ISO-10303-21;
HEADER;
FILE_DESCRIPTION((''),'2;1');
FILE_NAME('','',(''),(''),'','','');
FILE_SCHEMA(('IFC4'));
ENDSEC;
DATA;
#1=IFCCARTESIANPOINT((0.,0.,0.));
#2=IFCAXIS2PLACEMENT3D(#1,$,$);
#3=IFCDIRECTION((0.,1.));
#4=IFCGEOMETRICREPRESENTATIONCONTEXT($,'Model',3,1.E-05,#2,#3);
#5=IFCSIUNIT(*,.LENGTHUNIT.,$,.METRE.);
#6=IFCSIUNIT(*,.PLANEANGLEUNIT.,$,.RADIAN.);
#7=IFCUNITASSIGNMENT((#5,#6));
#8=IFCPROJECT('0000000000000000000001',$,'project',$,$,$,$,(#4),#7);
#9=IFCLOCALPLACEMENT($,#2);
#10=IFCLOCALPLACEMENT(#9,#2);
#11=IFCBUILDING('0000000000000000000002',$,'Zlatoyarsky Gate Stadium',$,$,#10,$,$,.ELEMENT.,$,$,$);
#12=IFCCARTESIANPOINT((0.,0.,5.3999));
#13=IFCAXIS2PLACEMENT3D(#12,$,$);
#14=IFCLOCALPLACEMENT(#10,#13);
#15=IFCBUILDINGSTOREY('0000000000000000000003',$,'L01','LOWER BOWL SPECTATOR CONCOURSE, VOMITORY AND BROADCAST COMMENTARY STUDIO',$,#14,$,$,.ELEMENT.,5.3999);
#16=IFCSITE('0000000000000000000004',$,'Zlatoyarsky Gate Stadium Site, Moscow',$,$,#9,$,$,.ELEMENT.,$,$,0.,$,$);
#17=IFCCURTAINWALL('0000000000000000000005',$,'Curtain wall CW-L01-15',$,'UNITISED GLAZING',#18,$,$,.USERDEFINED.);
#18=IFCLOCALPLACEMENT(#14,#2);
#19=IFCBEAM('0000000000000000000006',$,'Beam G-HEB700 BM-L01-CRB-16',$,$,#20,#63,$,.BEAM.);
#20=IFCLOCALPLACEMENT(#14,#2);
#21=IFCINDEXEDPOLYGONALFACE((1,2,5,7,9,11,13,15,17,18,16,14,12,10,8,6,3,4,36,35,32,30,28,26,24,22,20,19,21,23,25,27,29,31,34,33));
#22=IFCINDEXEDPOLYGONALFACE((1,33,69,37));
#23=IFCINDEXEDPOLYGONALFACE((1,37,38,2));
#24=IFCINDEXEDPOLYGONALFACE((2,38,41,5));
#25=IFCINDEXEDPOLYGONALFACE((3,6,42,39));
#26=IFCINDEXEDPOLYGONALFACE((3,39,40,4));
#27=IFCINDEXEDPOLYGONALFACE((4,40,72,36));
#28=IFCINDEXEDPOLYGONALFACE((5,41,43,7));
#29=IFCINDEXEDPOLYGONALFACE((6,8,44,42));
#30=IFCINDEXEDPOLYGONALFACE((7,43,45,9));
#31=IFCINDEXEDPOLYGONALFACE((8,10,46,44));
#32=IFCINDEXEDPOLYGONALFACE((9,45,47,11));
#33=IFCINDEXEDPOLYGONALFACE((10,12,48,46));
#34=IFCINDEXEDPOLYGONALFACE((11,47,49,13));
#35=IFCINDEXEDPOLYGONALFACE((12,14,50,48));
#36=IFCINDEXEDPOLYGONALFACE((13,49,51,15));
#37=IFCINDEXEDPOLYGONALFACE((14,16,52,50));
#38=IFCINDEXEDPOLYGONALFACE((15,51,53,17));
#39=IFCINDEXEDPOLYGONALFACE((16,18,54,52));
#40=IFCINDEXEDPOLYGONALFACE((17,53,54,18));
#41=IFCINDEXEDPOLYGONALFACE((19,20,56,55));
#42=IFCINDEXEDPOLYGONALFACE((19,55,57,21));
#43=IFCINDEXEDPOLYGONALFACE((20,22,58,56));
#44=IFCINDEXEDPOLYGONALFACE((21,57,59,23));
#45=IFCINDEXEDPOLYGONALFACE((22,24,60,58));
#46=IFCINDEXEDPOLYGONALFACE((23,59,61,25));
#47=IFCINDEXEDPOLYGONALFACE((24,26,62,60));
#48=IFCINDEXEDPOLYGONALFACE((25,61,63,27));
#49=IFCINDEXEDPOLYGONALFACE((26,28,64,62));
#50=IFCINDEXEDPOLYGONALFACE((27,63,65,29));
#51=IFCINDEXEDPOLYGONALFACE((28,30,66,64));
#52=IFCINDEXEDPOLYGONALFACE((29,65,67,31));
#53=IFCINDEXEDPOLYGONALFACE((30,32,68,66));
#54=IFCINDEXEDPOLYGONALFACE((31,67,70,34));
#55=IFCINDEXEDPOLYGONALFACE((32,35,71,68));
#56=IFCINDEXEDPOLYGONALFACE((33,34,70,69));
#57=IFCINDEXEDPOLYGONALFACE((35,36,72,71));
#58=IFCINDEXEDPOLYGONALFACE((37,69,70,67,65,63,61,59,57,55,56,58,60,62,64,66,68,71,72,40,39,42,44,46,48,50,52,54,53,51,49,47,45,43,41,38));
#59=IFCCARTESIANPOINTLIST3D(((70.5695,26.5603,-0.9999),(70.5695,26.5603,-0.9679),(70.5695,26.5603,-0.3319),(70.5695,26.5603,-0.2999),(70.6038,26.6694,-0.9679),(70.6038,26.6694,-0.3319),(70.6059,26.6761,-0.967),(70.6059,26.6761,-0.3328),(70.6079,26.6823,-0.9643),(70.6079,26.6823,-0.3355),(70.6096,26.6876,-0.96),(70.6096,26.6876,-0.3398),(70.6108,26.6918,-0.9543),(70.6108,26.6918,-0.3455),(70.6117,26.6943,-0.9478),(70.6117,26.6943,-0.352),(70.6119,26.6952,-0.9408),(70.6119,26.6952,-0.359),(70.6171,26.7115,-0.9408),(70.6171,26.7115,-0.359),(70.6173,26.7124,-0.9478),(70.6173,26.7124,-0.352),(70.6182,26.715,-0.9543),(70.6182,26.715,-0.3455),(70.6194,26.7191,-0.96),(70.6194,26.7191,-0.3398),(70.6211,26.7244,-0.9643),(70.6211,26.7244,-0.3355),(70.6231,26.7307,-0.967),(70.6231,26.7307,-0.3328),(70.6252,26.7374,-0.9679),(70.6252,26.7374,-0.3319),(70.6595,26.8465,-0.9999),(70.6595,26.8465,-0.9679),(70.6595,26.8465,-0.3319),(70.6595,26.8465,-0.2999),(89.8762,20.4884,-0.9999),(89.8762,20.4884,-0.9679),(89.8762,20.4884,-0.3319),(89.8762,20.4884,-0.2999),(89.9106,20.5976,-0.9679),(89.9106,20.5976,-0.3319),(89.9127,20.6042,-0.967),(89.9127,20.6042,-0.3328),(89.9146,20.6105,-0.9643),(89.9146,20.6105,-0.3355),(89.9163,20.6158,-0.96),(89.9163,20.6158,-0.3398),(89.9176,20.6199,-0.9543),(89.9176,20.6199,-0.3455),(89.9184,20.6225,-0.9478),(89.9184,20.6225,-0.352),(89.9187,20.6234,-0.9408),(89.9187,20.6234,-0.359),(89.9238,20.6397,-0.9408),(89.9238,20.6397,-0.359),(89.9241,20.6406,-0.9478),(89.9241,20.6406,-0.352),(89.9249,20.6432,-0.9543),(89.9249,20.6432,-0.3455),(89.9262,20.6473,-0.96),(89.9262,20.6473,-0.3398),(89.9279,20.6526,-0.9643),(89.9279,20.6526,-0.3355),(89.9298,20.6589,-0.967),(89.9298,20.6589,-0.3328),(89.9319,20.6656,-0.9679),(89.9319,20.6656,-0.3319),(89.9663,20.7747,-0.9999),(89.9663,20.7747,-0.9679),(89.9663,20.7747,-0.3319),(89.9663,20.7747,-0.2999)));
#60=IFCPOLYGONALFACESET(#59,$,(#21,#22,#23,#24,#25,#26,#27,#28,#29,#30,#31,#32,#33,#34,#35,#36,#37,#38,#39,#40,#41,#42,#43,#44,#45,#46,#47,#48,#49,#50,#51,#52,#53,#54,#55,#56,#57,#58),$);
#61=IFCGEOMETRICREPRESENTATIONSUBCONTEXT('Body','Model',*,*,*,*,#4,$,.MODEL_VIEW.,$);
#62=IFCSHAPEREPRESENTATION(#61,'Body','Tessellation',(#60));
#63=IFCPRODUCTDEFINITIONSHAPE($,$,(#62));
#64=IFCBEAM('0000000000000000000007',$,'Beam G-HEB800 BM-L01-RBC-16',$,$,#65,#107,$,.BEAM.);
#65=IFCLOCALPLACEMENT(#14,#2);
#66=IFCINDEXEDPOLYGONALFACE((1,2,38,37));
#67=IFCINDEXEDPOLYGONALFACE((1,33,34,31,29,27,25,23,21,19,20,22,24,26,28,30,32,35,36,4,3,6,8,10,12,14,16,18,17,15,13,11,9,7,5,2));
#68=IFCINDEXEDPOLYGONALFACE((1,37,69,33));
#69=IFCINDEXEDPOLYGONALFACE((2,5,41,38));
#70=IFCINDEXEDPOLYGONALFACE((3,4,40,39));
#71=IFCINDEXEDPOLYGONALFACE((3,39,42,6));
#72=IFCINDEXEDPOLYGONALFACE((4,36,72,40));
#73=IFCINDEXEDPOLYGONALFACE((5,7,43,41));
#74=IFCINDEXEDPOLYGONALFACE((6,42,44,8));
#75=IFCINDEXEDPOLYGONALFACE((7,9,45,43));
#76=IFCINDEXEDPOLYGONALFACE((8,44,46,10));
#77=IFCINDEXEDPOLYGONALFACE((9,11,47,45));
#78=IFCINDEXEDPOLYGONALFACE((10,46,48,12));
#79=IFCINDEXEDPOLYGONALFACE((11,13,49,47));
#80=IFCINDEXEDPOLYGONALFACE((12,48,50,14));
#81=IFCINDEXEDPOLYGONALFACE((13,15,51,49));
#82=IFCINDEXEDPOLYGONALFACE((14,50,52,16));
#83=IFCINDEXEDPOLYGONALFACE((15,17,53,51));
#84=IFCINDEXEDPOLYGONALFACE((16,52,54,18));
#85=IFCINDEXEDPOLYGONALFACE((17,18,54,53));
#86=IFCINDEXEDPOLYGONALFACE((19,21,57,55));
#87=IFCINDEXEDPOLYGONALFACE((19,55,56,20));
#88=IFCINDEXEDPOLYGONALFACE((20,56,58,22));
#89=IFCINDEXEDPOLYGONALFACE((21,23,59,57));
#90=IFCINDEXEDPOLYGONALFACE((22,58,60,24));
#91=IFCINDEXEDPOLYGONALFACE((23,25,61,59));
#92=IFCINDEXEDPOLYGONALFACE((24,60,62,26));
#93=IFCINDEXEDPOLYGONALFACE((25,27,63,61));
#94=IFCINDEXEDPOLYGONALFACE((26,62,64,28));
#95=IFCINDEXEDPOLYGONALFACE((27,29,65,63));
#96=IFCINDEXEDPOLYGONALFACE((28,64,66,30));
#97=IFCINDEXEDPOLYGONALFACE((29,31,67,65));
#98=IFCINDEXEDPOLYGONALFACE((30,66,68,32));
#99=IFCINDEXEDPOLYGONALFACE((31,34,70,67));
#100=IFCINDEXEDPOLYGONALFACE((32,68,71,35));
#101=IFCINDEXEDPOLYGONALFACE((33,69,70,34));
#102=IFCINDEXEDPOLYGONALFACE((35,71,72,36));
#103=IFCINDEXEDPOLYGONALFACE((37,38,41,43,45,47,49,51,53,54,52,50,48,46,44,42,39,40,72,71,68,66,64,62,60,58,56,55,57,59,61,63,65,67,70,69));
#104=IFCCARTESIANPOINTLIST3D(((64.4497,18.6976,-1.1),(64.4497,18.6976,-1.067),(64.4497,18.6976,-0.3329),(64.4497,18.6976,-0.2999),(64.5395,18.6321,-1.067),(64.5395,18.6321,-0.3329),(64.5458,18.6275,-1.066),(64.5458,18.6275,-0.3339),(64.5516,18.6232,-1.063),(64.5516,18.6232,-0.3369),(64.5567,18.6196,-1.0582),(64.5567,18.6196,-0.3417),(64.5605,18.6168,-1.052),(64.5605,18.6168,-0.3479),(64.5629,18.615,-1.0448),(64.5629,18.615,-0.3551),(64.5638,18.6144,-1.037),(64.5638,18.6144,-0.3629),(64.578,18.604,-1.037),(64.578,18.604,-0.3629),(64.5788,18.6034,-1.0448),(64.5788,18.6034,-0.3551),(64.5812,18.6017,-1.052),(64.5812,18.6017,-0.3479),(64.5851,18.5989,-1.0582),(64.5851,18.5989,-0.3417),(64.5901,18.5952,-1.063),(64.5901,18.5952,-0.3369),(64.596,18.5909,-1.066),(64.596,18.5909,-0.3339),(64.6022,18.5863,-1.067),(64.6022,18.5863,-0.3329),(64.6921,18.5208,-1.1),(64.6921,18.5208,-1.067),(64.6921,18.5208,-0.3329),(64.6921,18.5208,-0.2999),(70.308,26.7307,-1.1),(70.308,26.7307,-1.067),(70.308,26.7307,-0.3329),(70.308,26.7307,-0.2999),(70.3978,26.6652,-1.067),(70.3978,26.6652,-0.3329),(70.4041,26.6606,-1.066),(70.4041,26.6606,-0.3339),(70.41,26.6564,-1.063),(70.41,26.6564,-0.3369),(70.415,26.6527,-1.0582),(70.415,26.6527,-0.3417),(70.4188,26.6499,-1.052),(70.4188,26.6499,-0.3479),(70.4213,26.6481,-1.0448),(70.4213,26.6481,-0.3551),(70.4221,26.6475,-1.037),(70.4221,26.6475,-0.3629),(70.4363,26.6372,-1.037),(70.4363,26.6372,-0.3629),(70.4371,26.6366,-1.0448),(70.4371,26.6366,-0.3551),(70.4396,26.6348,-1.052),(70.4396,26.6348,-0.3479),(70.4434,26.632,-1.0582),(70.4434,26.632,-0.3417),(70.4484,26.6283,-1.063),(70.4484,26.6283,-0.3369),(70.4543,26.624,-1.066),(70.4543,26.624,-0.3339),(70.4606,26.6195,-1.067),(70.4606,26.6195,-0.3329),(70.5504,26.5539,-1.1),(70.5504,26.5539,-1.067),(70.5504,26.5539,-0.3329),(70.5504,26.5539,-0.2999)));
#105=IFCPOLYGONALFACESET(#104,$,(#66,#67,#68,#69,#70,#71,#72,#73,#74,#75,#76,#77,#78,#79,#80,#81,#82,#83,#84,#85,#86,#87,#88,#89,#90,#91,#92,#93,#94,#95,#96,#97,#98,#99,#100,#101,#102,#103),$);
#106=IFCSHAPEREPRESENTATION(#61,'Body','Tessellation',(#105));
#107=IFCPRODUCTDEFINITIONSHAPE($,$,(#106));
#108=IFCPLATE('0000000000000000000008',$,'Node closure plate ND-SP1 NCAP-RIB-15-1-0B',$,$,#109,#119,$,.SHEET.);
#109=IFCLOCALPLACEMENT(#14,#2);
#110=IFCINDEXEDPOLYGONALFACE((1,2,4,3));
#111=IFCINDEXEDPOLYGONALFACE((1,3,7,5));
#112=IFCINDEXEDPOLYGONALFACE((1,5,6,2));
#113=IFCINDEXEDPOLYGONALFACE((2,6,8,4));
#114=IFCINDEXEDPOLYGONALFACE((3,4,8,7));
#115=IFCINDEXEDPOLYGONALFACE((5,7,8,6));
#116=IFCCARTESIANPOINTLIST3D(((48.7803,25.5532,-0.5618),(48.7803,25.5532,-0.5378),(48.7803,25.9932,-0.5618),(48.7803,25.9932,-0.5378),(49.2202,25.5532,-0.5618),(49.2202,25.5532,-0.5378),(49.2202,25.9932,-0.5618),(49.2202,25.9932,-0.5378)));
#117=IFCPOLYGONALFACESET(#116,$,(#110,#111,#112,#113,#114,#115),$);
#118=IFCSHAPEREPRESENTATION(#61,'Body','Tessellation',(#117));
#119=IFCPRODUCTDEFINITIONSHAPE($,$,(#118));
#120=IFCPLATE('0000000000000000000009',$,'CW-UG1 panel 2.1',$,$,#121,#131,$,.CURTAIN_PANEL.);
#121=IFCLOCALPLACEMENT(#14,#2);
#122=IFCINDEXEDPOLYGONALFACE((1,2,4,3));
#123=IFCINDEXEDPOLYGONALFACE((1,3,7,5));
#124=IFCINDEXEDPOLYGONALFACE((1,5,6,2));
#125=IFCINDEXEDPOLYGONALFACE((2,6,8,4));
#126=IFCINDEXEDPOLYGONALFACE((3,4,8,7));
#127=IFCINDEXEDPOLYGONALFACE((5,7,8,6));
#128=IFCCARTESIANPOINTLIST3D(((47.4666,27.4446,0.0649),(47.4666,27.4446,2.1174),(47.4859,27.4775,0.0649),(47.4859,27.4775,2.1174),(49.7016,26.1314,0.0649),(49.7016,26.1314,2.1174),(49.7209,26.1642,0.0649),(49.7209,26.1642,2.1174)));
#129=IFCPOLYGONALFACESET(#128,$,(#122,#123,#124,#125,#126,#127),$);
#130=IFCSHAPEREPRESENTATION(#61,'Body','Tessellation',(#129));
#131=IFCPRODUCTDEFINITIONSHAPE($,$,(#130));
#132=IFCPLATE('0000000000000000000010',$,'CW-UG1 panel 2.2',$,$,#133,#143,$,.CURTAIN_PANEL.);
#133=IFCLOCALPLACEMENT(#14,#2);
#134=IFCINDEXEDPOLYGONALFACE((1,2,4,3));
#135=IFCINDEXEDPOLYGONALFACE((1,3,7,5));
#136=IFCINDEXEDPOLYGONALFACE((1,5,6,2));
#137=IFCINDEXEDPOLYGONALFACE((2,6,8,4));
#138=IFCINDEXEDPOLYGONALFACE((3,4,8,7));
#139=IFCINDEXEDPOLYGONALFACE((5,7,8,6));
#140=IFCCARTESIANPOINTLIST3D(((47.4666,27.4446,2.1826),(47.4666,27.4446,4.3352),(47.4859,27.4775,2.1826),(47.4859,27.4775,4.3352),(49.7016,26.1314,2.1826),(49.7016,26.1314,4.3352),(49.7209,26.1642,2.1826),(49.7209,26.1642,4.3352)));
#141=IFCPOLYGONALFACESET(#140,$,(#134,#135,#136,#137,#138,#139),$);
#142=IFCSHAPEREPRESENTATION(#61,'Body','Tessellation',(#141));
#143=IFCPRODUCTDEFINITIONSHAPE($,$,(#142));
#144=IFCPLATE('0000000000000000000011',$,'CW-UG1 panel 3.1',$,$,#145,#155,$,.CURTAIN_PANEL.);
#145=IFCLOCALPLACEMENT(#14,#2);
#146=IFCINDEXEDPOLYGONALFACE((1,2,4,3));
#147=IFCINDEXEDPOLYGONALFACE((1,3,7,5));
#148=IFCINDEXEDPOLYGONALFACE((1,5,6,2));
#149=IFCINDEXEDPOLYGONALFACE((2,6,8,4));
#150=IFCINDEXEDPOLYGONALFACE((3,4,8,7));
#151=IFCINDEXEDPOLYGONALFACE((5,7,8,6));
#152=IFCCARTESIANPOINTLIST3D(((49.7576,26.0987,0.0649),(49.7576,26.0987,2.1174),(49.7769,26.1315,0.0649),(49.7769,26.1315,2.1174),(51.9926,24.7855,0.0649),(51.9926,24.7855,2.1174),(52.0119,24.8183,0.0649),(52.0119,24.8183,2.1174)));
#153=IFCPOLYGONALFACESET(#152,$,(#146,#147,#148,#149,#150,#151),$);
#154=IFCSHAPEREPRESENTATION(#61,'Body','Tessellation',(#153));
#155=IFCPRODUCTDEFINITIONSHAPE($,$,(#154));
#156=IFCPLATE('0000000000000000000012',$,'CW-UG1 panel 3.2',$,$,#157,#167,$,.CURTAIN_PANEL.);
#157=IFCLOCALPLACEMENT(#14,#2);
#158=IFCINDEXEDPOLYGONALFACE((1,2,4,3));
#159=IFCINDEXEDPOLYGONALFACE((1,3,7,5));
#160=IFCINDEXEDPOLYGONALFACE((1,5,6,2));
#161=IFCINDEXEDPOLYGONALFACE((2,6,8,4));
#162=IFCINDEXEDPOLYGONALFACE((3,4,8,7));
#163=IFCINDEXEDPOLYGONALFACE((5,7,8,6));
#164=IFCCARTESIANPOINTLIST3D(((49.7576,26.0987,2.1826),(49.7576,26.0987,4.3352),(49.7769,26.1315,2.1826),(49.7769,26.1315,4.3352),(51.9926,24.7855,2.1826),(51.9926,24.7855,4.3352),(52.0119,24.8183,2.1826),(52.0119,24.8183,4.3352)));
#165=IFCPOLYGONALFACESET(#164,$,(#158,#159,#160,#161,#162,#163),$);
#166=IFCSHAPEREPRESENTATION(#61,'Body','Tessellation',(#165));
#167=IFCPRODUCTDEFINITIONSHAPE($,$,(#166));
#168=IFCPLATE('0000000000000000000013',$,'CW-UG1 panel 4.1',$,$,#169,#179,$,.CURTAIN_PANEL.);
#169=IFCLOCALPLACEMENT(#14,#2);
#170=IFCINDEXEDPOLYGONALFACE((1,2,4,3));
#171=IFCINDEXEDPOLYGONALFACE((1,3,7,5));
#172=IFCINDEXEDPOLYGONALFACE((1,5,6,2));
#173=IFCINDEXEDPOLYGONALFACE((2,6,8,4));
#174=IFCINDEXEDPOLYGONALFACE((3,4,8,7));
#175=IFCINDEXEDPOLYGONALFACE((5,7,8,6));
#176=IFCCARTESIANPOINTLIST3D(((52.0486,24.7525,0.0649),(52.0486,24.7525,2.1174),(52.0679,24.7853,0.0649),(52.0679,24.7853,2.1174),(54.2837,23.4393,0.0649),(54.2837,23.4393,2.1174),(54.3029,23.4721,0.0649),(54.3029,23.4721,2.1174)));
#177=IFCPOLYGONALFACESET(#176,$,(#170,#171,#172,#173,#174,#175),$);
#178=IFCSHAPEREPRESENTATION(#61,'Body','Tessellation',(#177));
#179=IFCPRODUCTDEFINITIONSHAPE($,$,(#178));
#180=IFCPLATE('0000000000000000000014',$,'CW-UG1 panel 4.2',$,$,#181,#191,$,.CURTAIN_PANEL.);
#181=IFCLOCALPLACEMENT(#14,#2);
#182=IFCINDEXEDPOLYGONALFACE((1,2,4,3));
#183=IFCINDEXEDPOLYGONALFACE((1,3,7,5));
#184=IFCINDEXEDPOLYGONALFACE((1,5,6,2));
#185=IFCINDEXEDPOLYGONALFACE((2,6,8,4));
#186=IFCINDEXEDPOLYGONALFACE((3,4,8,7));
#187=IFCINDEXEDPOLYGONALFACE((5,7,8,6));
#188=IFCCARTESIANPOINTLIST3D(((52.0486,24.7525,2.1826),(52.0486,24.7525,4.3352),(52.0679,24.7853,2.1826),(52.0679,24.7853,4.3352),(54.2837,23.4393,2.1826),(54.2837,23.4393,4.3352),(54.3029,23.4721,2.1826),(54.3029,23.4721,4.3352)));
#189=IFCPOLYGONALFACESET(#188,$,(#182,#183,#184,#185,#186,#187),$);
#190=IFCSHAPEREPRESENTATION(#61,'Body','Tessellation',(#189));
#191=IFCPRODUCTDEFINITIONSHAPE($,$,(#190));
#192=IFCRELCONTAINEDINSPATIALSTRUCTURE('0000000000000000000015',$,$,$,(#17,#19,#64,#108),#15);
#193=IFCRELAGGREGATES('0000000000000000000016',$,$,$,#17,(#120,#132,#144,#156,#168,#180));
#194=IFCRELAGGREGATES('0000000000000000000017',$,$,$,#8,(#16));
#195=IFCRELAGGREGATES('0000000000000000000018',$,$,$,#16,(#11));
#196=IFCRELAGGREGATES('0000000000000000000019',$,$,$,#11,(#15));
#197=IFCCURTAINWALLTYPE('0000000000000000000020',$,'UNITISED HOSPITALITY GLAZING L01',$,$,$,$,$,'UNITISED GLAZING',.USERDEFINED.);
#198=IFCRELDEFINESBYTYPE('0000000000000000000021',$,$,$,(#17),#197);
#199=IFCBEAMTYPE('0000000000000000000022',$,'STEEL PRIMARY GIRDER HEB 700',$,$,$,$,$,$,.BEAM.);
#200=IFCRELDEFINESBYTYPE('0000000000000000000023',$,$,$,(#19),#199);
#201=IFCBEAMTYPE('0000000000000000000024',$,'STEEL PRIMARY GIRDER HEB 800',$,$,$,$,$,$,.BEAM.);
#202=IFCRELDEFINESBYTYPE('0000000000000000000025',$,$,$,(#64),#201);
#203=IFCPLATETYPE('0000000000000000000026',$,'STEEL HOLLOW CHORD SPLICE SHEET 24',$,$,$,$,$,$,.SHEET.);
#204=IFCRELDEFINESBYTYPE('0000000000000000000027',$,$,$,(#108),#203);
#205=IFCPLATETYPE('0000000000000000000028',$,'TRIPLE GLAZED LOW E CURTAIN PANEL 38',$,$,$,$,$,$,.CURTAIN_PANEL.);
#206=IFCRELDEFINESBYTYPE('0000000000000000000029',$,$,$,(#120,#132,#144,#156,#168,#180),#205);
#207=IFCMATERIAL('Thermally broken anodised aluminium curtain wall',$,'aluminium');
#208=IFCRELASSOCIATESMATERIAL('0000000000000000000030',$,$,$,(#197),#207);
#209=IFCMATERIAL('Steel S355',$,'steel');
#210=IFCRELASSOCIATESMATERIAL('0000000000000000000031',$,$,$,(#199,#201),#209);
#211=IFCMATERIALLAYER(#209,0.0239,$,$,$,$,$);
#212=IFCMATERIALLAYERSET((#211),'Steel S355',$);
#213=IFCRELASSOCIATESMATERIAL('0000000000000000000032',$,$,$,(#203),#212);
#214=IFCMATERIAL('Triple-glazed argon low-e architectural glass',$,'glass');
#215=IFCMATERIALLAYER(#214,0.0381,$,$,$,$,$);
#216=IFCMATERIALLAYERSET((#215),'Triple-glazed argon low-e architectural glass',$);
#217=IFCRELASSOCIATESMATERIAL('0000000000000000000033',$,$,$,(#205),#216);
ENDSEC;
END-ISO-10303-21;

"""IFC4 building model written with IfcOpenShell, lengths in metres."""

from ifc_helpers import new_model, si_unit, direction, frame, origin, origin_2d, place, context, subcontext, project, spatial, rectangle, i_section, extrude, material, layer, layer_set, material_profile, profile_set, type_object, element, aggregate, save


model = new_model("IFC4")

# Units and contexts
model_context = context("Model", 3, precision=1e-05, world=origin(), true_north=direction((0.0, 1.0)))
body_context = subcontext(model_context, "Body", "Model", "MODEL_VIEW")
ifc_project = project(units=[si_unit("LENGTHUNIT", "METRE"), si_unit("PLANEANGLEUNIT", "RADIAN")], contexts=[model_context])

# Site, building, storey
site_placement = place(None, origin())
site = spatial("IfcSite", under=ifc_project, at=site_placement, Name="Zlatoyarsky Gate Stadium Site, Moscow", CompositionType="ELEMENT", RefElevation=0.0)
building_placement = place(site_placement, origin())
building = spatial("IfcBuilding", under=site, at=building_placement, Name="Zlatoyarsky Gate Stadium", CompositionType="ELEMENT")
storey_placement = place(building_placement, frame((0.0, 0.0, 5.3999)))
storey = spatial("IfcBuildingStorey", under=building, at=storey_placement, Name="L01", Description="LOWER BOWL SPECTATOR CONCOURSE, VOMITORY AND BROADCAST COMMENTARY STUDIO", CompositionType="ELEMENT", Elevation=5.3999)

# Curtain wall
ifc_material_1 = material(Name="Thermally broken anodised aluminium curtain wall", Category="aluminium")
curtain_wall_type = type_object("IfcCurtainWallType", Name="UNITISED HOSPITALITY GLAZING L01", ElementType="UNITISED GLAZING", PredefinedType="USERDEFINED", material=ifc_material_1)
curtain_wall_placement = place(storey_placement, origin())
curtain_wall = element("IfcCurtainWall", 1, at=curtain_wall_placement, inside=storey, type_object=curtain_wall_type, Name="Curtain wall CW-L01-15", ObjectType="UNITISED GLAZING", PredefinedType="USERDEFINED")

# Shared definitions
ifc_material_2 = material(Name="Steel S355", Category="steel")

# Beams
ifc_material_profile_1 = material_profile(ifc_material_2, i_section(OverallWidth=0.3, OverallDepth=0.7, WebThickness=0.0171, FlangeThickness=0.032, FilletRadius=0.0271, at=origin_2d()), Name="HEB 700")
ifc_profile_set_1 = profile_set([ifc_material_profile_1], Name="Steel S355")
beam_type_1 = type_object("IfcBeamType", Name="STEEL PRIMARY GIRDER HEB 700", PredefinedType="BEAM", material=ifc_profile_set_1)
beam_1_placement = place(storey_placement, frame((70.6145, 26.7034, -0.6499), z_axis=(0.953938, -0.300005, 0.0), x_axis=(0.300005, 0.953938, 0.0)))
element("IfcBeam", 2, at=beam_1_placement, inside=storey, type_object=beam_type_1, Name="Beam G-HEB700 BM-L01-CRB-16", PredefinedType="BEAM", context=body_context, shape_type="SweptSolid", body=[
    extrude(i_section(OverallWidth=0.3, OverallDepth=0.7, WebThickness=0.0171, FlangeThickness=0.032, FilletRadius=0.0271, at=origin_2d()), origin(), (0.0, 0.0, 1.0), 20.239),
])
ifc_material_profile_2 = material_profile(ifc_material_2, i_section(OverallWidth=0.3, OverallDepth=0.8, WebThickness=0.0176, FlangeThickness=0.033, FilletRadius=0.03, at=origin_2d()), Name="HEB 800")
ifc_profile_set_2 = profile_set([ifc_material_profile_2], Name="Steel S355")
beam_type_2 = type_object("IfcBeamType", Name="STEEL PRIMARY GIRDER HEB 800", PredefinedType="BEAM", material=ifc_profile_set_2)
beam_2_placement = place(storey_placement, frame((70.4292, 26.6423, -0.7), z_axis=(-0.589228, -0.807967, 0.0), x_axis=(0.807967, -0.589228, 0.0)))
element("IfcBeam", 3, at=beam_2_placement, inside=storey, type_object=beam_type_2, Name="Beam G-HEB800 BM-L01-RBC-16", PredefinedType="BEAM", context=body_context, shape_type="SweptSolid", body=[
    extrude(i_section(OverallWidth=0.3, OverallDepth=0.8, WebThickness=0.0176, FlangeThickness=0.033, FilletRadius=0.03, at=origin_2d()), origin(), (0.0, 0.0, 1.0), 9.9424),
])

# Plates
ifc_layer_1 = layer(ifc_material_2, 0.0239)
ifc_layer_set_1 = layer_set([ifc_layer_1], Name="Steel S355")
plate_type_1 = type_object("IfcPlateType", Name="STEEL HOLLOW CHORD SPLICE SHEET 24", PredefinedType="SHEET", material=ifc_layer_set_1)
plate_1_placement = place(storey_placement, frame((49.0002, 25.7732, -0.5618), z_axis=(0.0, 0.0, 1.0), x_axis=(1.0, 0.0, 0.0)))
element("IfcPlate", 4, at=plate_1_placement, inside=storey, type_object=plate_type_1, Name="Node closure plate ND-SP1 NCAP-RIB-15-1-0B", PredefinedType="SHEET", context=body_context, shape_type="SweptSolid", body=[
    extrude(rectangle(XDim=0.4399, YDim=0.4399, at=origin_2d()), origin(), (0.0, 0.0, 1.0), 0.0239),
])
ifc_material_3 = material(Name="Triple-glazed argon low-e architectural glass", Category="glass")
ifc_layer_2 = layer(ifc_material_3, 0.0381)
ifc_layer_set_2 = layer_set([ifc_layer_2], Name="Triple-glazed argon low-e architectural glass")
plate_type_2 = type_object("IfcPlateType", Name="TRIPLE GLAZED LOW E CURTAIN PANEL 38", PredefinedType="CURTAIN_PANEL", material=ifc_layer_set_2)
plate_2_placement = place(storey_placement, frame((48.5938, 26.8044, 0.0649), z_axis=(0.0, 0.0, 1.0), x_axis=(0.862187, -0.50659, 0.0)))
plate_2 = element("IfcPlate", 5, at=plate_2_placement, type_object=plate_type_2, Name="CW-UG1 panel 2.1", PredefinedType="CURTAIN_PANEL", context=body_context, shape_type="SweptSolid", body=[
    extrude(rectangle(XDim=2.5923, YDim=0.0381, at=origin_2d()), origin(), (0.0, 0.0, 1.0), 2.0525),
])
plate_3_placement = place(storey_placement, frame((48.5938, 26.8044, 2.1826), z_axis=(0.0, 0.0, 1.0), x_axis=(0.862187, -0.50659, 0.0)))
plate_3 = element("IfcPlate", 6, at=plate_3_placement, type_object=plate_type_2, Name="CW-UG1 panel 2.2", PredefinedType="CURTAIN_PANEL", context=body_context, shape_type="SweptSolid", body=[
    extrude(rectangle(XDim=2.5923, YDim=0.0381, at=origin_2d()), origin(), (0.0, 0.0, 1.0), 2.1526),
])
plate_4_placement = place(storey_placement, frame((50.8848, 25.4585, 0.0649), z_axis=(0.0, 0.0, 1.0), x_axis=(0.862187, -0.50659, 0.0)))
plate_4 = element("IfcPlate", 7, at=plate_4_placement, type_object=plate_type_2, Name="CW-UG1 panel 3.1", PredefinedType="CURTAIN_PANEL", context=body_context, shape_type="SweptSolid", body=[
    extrude(rectangle(XDim=2.5923, YDim=0.0381, at=origin_2d()), origin(), (0.0, 0.0, 1.0), 2.0525),
])
plate_5_placement = place(storey_placement, frame((50.8848, 25.4585, 2.1826), z_axis=(0.0, 0.0, 1.0), x_axis=(0.862187, -0.50659, 0.0)))
plate_5 = element("IfcPlate", 8, at=plate_5_placement, type_object=plate_type_2, Name="CW-UG1 panel 3.2", PredefinedType="CURTAIN_PANEL", context=body_context, shape_type="SweptSolid", body=[
    extrude(rectangle(XDim=2.5923, YDim=0.0381, at=origin_2d()), origin(), (0.0, 0.0, 1.0), 2.1526),
])
plate_6_placement = place(storey_placement, frame((53.1758, 24.1123, 0.0649), z_axis=(0.0, 0.0, 1.0), x_axis=(0.862187, -0.50659, 0.0)))
plate_6 = element("IfcPlate", 9, at=plate_6_placement, type_object=plate_type_2, Name="CW-UG1 panel 4.1", PredefinedType="CURTAIN_PANEL", context=body_context, shape_type="SweptSolid", body=[
    extrude(rectangle(XDim=2.5923, YDim=0.0381, at=origin_2d()), origin(), (0.0, 0.0, 1.0), 2.0525),
])
plate_7_placement = place(storey_placement, frame((53.1758, 24.1123, 2.1826), z_axis=(0.0, 0.0, 1.0), x_axis=(0.862187, -0.50659, 0.0)))
plate_7 = element("IfcPlate", 10, at=plate_7_placement, type_object=plate_type_2, Name="CW-UG1 panel 4.2", PredefinedType="CURTAIN_PANEL", context=body_context, shape_type="SweptSolid", body=[
    extrude(rectangle(XDim=2.5923, YDim=0.0381, at=origin_2d()), origin(), (0.0, 0.0, 1.0), 2.1526),
])
aggregate(curtain_wall, [plate_2, plate_3, plate_4, plate_5, plate_6, plate_7])

save(model, "model.ifc")
